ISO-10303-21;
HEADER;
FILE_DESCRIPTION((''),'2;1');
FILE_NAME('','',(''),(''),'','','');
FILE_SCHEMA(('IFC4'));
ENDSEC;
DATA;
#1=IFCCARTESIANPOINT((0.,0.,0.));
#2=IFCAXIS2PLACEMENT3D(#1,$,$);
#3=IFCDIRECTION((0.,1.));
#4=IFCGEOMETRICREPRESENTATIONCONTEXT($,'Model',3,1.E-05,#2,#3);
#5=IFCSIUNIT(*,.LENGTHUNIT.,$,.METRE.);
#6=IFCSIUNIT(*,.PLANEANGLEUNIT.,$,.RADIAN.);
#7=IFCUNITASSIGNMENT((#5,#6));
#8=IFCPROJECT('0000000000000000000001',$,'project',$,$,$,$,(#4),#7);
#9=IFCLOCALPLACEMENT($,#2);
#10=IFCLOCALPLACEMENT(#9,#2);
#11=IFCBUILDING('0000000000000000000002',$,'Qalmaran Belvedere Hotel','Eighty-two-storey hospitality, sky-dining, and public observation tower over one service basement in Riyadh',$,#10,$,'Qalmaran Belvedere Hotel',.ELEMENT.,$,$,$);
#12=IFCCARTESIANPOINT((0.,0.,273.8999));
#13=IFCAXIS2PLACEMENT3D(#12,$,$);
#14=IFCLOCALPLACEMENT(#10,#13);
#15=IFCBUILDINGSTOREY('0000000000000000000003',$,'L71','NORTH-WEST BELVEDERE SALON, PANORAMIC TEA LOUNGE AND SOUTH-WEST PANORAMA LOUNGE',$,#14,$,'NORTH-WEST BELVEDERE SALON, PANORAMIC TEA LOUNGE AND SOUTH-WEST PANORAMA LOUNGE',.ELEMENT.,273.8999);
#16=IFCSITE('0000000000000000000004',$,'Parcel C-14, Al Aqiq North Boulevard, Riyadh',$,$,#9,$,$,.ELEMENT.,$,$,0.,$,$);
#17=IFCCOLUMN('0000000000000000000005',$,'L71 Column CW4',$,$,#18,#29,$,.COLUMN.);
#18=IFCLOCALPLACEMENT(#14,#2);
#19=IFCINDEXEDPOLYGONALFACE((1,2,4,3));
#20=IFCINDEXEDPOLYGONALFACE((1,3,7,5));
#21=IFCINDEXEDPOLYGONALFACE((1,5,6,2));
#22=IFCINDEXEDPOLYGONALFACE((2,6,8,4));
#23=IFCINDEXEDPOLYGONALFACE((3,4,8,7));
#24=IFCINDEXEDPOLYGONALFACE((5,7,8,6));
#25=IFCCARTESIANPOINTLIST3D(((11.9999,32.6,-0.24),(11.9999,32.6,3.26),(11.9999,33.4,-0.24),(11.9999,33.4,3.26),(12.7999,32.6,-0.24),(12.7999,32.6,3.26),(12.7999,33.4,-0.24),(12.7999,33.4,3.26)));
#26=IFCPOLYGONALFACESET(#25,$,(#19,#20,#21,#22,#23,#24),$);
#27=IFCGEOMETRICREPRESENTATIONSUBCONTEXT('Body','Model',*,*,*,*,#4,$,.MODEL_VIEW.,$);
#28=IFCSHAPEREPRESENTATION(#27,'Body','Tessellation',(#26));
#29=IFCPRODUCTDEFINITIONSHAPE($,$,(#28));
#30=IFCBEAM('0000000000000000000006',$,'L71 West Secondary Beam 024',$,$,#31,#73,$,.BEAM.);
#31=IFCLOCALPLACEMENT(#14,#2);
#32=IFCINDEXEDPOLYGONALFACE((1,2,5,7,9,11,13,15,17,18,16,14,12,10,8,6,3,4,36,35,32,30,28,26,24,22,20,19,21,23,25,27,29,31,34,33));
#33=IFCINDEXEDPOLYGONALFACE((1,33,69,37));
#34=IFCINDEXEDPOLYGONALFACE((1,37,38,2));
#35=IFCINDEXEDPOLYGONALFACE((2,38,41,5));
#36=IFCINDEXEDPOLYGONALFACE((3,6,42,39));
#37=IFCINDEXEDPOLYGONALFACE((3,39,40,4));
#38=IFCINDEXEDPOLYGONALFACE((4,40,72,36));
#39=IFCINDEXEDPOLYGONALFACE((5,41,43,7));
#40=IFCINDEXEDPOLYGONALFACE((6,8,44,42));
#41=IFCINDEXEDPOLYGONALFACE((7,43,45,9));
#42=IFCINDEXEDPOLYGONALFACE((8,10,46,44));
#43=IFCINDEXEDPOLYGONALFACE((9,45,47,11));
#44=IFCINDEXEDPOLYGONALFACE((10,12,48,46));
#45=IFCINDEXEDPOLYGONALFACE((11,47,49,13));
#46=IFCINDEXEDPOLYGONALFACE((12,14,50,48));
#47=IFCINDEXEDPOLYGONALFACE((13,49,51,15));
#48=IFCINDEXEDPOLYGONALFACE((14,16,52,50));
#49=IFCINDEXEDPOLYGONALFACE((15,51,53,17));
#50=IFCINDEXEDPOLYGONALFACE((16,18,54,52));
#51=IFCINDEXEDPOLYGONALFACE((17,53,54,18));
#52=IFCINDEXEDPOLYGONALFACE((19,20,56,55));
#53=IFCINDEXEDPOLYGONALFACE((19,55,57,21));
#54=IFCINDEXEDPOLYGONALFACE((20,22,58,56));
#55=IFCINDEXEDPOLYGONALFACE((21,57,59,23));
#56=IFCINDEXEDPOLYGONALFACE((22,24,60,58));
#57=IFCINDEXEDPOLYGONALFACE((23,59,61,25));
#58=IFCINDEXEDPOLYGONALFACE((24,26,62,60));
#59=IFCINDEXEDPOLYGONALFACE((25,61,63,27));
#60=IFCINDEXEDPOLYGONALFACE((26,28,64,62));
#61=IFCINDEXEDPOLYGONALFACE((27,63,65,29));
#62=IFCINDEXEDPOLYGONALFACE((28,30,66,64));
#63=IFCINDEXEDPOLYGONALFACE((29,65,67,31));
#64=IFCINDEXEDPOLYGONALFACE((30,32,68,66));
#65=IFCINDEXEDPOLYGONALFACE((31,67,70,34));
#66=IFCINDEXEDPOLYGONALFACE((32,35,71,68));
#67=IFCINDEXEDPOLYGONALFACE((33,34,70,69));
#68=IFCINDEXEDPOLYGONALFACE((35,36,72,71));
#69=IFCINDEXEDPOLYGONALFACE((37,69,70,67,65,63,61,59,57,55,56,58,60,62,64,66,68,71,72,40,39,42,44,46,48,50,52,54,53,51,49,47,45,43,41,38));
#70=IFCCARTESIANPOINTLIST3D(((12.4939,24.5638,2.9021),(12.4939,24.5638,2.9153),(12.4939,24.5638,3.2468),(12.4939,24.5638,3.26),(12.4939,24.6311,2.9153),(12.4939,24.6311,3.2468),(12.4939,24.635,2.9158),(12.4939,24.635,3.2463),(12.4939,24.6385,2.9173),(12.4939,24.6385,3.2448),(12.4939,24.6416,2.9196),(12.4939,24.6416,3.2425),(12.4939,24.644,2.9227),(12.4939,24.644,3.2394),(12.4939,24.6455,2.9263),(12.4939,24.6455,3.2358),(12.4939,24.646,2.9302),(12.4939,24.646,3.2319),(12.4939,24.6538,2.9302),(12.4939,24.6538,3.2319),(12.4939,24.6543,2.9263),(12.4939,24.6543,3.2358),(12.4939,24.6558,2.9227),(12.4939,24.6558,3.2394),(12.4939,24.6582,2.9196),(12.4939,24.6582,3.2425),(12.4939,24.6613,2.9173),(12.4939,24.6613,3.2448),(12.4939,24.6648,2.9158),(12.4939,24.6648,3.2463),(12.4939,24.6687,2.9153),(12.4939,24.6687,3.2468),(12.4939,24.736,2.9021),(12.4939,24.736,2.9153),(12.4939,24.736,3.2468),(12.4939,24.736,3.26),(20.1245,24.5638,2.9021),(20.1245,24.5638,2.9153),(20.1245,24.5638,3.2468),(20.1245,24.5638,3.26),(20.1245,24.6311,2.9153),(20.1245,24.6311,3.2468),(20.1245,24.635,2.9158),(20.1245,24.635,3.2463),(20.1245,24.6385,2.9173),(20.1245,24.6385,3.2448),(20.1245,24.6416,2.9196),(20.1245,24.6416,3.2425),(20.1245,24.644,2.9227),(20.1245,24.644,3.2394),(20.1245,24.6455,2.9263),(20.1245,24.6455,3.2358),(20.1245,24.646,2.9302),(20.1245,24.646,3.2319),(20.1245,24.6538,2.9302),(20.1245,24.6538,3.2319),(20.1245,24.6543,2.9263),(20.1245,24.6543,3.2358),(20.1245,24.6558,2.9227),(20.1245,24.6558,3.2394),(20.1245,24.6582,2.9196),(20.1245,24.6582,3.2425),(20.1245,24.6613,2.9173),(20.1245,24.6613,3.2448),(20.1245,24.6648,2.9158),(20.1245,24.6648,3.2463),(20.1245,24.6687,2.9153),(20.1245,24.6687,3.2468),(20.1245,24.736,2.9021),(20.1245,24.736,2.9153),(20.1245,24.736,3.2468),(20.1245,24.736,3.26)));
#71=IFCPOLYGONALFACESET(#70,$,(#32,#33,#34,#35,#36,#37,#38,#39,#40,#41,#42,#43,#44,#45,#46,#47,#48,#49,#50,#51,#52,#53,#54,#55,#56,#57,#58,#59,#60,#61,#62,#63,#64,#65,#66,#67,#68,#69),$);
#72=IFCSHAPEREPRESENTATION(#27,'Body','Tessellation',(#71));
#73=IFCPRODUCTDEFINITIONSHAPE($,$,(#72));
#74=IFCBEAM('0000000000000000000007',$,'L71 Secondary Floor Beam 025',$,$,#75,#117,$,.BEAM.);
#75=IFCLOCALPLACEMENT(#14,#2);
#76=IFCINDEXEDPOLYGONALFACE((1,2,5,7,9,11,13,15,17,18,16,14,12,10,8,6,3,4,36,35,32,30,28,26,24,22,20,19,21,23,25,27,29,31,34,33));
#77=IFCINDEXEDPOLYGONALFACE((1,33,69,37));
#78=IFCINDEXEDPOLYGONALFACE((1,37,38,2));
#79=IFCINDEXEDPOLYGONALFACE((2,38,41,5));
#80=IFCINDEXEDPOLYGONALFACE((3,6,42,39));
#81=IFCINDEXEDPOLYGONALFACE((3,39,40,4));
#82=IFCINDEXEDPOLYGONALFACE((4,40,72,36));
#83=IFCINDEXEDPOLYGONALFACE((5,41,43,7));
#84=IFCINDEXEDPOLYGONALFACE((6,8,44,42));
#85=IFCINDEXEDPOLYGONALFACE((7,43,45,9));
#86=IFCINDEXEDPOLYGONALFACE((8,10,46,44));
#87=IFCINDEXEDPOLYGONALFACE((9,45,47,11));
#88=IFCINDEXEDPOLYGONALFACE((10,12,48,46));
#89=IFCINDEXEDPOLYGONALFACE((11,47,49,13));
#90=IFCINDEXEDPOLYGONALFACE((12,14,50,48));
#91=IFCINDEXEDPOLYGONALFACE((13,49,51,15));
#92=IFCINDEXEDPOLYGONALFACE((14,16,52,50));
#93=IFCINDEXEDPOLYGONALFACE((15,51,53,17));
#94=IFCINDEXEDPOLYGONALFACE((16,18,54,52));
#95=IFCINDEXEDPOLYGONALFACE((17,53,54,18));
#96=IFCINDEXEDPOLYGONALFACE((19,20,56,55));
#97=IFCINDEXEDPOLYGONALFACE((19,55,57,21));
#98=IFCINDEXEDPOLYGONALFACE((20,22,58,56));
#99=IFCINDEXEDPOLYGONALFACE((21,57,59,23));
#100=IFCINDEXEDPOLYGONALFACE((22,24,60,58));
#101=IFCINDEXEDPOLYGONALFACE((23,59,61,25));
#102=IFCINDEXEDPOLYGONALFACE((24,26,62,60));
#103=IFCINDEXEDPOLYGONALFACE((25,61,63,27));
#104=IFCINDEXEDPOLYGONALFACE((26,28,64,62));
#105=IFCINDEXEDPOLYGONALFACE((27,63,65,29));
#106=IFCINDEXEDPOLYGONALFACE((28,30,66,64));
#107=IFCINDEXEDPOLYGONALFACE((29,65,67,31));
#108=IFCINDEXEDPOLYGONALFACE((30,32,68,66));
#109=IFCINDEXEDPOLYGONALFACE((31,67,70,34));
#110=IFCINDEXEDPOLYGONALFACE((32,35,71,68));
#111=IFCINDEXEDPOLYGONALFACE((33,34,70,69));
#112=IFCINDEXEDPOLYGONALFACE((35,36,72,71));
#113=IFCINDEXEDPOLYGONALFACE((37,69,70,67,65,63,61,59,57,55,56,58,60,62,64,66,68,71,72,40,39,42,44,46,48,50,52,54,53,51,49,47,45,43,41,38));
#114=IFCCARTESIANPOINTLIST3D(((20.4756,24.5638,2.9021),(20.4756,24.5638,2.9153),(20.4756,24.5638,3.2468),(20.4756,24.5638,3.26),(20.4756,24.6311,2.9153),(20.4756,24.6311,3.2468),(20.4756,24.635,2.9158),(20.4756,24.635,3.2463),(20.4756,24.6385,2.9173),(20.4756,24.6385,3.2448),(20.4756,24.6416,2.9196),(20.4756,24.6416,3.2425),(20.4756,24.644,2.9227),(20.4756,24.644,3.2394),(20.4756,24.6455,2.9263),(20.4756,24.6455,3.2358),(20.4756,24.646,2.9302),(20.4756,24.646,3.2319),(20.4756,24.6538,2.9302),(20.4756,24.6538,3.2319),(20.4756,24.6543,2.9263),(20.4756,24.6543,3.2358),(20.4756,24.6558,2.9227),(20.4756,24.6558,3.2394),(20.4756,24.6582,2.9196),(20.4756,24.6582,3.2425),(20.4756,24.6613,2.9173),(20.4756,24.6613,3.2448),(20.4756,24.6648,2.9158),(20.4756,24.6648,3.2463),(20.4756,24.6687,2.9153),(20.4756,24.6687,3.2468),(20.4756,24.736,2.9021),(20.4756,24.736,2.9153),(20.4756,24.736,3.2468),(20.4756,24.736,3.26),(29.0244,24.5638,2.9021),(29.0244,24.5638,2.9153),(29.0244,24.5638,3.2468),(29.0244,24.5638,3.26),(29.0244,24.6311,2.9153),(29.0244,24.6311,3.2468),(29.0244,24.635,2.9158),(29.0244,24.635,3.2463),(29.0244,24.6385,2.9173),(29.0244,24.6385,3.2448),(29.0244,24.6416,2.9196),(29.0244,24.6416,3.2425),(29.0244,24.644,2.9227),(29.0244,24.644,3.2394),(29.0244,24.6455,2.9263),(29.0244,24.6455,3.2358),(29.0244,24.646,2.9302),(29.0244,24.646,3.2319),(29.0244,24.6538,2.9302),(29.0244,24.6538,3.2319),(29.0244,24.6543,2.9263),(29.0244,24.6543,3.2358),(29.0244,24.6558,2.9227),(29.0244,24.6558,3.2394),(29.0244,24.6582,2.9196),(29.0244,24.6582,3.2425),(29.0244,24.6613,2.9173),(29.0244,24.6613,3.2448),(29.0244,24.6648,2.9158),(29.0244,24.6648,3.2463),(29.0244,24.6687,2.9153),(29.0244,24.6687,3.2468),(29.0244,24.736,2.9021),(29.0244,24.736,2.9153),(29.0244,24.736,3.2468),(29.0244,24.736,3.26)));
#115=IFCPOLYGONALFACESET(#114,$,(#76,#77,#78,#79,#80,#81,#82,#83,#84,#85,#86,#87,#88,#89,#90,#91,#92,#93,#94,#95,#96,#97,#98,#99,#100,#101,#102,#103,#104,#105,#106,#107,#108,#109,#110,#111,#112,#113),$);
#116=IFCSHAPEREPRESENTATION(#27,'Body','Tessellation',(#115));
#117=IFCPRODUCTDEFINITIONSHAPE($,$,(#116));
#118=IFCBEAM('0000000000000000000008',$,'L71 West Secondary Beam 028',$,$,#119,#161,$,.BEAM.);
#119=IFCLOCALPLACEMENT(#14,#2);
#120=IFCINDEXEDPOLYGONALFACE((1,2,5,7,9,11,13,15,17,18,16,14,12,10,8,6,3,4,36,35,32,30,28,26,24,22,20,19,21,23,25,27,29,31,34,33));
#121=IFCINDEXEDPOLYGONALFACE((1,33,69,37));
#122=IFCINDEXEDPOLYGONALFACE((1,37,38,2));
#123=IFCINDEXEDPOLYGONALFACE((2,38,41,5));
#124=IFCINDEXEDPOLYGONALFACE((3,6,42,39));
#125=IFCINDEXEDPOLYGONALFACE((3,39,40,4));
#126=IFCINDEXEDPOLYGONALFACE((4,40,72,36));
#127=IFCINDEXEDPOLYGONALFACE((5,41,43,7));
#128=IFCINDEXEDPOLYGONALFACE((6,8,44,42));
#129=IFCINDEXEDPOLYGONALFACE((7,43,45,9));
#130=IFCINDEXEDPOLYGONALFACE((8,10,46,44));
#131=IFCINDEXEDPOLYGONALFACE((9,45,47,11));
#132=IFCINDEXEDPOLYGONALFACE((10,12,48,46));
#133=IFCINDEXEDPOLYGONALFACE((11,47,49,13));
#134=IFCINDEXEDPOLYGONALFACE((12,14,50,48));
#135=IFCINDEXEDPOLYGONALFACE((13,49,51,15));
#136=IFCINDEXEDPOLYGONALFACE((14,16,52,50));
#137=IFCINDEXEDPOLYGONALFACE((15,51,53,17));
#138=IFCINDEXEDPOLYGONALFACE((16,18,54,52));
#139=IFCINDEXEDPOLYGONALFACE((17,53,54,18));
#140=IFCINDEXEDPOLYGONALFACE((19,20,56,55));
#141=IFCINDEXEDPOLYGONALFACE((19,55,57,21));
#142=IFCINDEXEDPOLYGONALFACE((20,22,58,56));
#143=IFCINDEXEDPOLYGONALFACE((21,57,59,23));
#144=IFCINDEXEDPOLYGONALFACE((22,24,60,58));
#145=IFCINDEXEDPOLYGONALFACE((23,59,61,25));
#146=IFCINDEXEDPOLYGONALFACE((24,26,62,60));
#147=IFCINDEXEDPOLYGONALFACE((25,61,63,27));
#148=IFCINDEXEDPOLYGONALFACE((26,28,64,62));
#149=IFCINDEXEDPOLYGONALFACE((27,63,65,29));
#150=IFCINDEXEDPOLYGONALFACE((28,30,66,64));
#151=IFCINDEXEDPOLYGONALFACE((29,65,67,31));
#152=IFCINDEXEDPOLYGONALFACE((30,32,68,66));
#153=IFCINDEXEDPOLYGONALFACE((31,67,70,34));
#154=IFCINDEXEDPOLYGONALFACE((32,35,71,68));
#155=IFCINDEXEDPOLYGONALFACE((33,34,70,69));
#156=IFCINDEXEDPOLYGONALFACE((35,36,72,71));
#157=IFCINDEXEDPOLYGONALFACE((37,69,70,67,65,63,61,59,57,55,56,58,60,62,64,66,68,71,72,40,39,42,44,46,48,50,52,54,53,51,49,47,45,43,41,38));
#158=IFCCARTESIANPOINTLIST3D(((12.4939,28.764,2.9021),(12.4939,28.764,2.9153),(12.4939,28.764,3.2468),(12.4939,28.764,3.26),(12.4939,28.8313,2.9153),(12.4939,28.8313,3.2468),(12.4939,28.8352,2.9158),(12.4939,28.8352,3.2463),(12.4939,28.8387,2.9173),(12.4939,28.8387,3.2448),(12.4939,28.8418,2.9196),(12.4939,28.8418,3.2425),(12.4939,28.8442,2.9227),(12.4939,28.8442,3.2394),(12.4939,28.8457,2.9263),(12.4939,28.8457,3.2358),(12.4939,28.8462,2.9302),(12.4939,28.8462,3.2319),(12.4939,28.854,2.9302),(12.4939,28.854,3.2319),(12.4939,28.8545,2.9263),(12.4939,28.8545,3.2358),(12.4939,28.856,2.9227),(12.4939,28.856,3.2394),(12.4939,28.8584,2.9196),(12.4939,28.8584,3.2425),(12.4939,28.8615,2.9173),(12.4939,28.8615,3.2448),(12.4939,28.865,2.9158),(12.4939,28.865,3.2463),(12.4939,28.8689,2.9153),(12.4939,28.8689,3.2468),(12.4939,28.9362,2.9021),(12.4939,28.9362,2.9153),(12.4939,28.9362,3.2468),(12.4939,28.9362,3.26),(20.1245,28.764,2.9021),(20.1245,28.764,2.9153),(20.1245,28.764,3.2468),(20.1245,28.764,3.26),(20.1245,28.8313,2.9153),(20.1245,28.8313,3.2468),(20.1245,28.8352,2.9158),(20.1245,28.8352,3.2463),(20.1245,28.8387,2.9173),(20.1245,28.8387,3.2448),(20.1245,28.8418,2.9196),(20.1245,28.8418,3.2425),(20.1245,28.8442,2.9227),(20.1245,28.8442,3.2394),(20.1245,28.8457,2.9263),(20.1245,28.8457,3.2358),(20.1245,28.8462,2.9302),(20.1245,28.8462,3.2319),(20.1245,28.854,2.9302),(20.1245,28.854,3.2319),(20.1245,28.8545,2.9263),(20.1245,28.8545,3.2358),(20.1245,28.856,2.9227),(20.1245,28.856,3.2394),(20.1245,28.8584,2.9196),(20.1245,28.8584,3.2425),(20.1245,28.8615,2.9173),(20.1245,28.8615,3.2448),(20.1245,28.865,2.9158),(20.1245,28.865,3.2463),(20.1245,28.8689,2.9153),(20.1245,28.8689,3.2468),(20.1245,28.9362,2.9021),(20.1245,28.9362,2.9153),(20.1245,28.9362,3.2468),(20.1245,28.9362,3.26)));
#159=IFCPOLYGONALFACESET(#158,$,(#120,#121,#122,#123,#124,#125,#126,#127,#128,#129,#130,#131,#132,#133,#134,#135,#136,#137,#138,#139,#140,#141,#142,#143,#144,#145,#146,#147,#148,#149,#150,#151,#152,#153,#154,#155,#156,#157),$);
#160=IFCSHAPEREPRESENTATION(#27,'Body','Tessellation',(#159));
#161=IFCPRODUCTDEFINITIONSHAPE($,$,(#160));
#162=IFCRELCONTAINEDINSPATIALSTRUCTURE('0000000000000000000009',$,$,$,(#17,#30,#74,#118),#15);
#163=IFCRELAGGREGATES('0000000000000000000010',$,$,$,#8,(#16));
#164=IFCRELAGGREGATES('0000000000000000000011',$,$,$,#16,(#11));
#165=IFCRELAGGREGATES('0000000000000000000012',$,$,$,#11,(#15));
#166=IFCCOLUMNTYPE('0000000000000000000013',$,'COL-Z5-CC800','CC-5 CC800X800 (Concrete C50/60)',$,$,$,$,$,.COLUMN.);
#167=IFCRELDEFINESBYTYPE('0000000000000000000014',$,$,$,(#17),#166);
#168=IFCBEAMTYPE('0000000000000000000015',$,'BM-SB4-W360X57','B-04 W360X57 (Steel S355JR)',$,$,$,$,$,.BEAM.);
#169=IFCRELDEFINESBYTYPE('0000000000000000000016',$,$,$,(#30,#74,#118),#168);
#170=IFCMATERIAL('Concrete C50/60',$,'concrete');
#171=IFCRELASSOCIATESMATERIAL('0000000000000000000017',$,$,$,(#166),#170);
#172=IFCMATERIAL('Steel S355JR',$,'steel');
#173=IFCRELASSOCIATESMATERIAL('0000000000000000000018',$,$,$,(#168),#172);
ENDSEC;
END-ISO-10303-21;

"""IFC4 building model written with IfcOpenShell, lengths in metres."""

from ifc_helpers import new_model, si_unit, direction, frame, origin, origin_2d, place, context, subcontext, project, spatial, rectangle, i_section, extrude, material, material_profile, profile_set, type_object, element, save


model = new_model("IFC4")

# Units and contexts
model_context = context("Model", 3, precision=1e-05, world=origin(), true_north=direction((0.0, 1.0)))
body_context = subcontext(model_context, "Body", "Model", "MODEL_VIEW")
ifc_project = project(units=[si_unit("LENGTHUNIT", "METRE"), si_unit("PLANEANGLEUNIT", "RADIAN")], contexts=[model_context])

# Site, building, storey
site_placement = place(None, origin())
site = spatial("IfcSite", under=ifc_project, at=site_placement, Name="Parcel C-14, Al Aqiq North Boulevard, Riyadh", CompositionType="ELEMENT", RefElevation=0.0)
building_placement = place(site_placement, origin())
building = spatial("IfcBuilding", under=site, at=building_placement, Name="Qalmaran Belvedere Hotel", Description="Eighty-two-storey hospitality, sky-dining, and public observation tower over one service basement in Riyadh", LongName="Qalmaran Belvedere Hotel", CompositionType="ELEMENT")
storey_placement = place(building_placement, frame((0.0, 0.0, 273.8999)))
storey = spatial("IfcBuildingStorey", under=building, at=storey_placement, Name="L71", Description="NORTH-WEST BELVEDERE SALON, PANORAMIC TEA LOUNGE AND SOUTH-WEST PANORAMA LOUNGE", LongName="NORTH-WEST BELVEDERE SALON, PANORAMIC TEA LOUNGE AND SOUTH-WEST PANORAMA LOUNGE", CompositionType="ELEMENT", Elevation=273.8999)

# Column
ifc_material_1 = material(Name="Concrete C50/60", Category="concrete")
ifc_material_profile_1 = material_profile(ifc_material_1, rectangle(XDim=0.8, YDim=0.8, at=origin_2d()), Name="CC800X800")
ifc_profile_set_1 = profile_set([ifc_material_profile_1], Name="Concrete C50/60")
column_type = type_object("IfcColumnType", Name="COL-Z5-CC800", Description="CC-5 CC800X800 (Concrete C50/60)", PredefinedType="COLUMN", material=ifc_profile_set_1)
column_placement = place(storey_placement, frame((12.3999, 33.0, -0.24), z_axis=(0.0, 0.0, 1.0), x_axis=(1.0, 0.0, 0.0)))
element("IfcColumn", 1, at=column_placement, inside=storey, type_object=column_type, Name="L71 Column CW4", PredefinedType="COLUMN", context=body_context, shape_type="SweptSolid", body=[
    extrude(rectangle(XDim=0.8, YDim=0.8, at=origin_2d()), origin(), (0.0, 0.0, 1.0), 3.5),
])

# Beams
ifc_material_2 = material(Name="Steel S355JR", Category="steel")
ifc_material_profile_2 = material_profile(ifc_material_2, i_section(OverallWidth=0.1721, OverallDepth=0.3579, WebThickness=0.0078, FlangeThickness=0.0132, FilletRadius=0.0149, at=origin_2d()), Name="W360X57")
ifc_profile_set_2 = profile_set([ifc_material_profile_2], Name="Steel S355JR")
beam_type_1 = type_object("IfcBeamType", Name="BM-SB4-W360X57", Description="B-04 W360X57 (Steel S355JR)", PredefinedType="BEAM", material=ifc_profile_set_2)
beam_1_placement = place(storey_placement, frame((12.4939, 24.6499, 3.0811), z_axis=(1.0, 0.0, 0.0), x_axis=(0.0, 1.0, 0.0)))
element("IfcBeam", 2, at=beam_1_placement, inside=storey, type_object=beam_type_1, Name="L71 West Secondary Beam 024", PredefinedType="BEAM", context=body_context, shape_type="SweptSolid", body=[
    extrude(i_section(OverallWidth=0.1721, OverallDepth=0.3579, WebThickness=0.0078, FlangeThickness=0.0132, FilletRadius=0.0149, at=origin_2d()), origin(), (0.0, 0.0, 1.0), 7.6306),
])
beam_2_placement = place(storey_placement, frame((20.4756, 24.6499, 3.0811), z_axis=(1.0, 0.0, 0.0), x_axis=(0.0, 1.0, 0.0)))
element("IfcBeam", 3, at=beam_2_placement, inside=storey, type_object=beam_type_1, Name="L71 Secondary Floor Beam 025", PredefinedType="BEAM", context=body_context, shape_type="SweptSolid", body=[
    extrude(i_section(OverallWidth=0.1721, OverallDepth=0.3579, WebThickness=0.0078, FlangeThickness=0.0132, FilletRadius=0.0149, at=origin_2d()), origin(), (0.0, 0.0, 1.0), 8.5488),
])
beam_3_placement = place(storey_placement, frame((12.4939, 28.8501, 3.0811), z_axis=(1.0, 0.0, 0.0), x_axis=(0.0, 1.0, 0.0)))
element("IfcBeam", 4, at=beam_3_placement, inside=storey, type_object=beam_type_1, Name="L71 West Secondary Beam 028", PredefinedType="BEAM", context=body_context, shape_type="SweptSolid", body=[
    extrude(i_section(OverallWidth=0.1721, OverallDepth=0.3579, WebThickness=0.0078, FlangeThickness=0.0132, FilletRadius=0.0149, at=origin_2d()), origin(), (0.0, 0.0, 1.0), 7.6306),
])

save(model, "model.ifc")
